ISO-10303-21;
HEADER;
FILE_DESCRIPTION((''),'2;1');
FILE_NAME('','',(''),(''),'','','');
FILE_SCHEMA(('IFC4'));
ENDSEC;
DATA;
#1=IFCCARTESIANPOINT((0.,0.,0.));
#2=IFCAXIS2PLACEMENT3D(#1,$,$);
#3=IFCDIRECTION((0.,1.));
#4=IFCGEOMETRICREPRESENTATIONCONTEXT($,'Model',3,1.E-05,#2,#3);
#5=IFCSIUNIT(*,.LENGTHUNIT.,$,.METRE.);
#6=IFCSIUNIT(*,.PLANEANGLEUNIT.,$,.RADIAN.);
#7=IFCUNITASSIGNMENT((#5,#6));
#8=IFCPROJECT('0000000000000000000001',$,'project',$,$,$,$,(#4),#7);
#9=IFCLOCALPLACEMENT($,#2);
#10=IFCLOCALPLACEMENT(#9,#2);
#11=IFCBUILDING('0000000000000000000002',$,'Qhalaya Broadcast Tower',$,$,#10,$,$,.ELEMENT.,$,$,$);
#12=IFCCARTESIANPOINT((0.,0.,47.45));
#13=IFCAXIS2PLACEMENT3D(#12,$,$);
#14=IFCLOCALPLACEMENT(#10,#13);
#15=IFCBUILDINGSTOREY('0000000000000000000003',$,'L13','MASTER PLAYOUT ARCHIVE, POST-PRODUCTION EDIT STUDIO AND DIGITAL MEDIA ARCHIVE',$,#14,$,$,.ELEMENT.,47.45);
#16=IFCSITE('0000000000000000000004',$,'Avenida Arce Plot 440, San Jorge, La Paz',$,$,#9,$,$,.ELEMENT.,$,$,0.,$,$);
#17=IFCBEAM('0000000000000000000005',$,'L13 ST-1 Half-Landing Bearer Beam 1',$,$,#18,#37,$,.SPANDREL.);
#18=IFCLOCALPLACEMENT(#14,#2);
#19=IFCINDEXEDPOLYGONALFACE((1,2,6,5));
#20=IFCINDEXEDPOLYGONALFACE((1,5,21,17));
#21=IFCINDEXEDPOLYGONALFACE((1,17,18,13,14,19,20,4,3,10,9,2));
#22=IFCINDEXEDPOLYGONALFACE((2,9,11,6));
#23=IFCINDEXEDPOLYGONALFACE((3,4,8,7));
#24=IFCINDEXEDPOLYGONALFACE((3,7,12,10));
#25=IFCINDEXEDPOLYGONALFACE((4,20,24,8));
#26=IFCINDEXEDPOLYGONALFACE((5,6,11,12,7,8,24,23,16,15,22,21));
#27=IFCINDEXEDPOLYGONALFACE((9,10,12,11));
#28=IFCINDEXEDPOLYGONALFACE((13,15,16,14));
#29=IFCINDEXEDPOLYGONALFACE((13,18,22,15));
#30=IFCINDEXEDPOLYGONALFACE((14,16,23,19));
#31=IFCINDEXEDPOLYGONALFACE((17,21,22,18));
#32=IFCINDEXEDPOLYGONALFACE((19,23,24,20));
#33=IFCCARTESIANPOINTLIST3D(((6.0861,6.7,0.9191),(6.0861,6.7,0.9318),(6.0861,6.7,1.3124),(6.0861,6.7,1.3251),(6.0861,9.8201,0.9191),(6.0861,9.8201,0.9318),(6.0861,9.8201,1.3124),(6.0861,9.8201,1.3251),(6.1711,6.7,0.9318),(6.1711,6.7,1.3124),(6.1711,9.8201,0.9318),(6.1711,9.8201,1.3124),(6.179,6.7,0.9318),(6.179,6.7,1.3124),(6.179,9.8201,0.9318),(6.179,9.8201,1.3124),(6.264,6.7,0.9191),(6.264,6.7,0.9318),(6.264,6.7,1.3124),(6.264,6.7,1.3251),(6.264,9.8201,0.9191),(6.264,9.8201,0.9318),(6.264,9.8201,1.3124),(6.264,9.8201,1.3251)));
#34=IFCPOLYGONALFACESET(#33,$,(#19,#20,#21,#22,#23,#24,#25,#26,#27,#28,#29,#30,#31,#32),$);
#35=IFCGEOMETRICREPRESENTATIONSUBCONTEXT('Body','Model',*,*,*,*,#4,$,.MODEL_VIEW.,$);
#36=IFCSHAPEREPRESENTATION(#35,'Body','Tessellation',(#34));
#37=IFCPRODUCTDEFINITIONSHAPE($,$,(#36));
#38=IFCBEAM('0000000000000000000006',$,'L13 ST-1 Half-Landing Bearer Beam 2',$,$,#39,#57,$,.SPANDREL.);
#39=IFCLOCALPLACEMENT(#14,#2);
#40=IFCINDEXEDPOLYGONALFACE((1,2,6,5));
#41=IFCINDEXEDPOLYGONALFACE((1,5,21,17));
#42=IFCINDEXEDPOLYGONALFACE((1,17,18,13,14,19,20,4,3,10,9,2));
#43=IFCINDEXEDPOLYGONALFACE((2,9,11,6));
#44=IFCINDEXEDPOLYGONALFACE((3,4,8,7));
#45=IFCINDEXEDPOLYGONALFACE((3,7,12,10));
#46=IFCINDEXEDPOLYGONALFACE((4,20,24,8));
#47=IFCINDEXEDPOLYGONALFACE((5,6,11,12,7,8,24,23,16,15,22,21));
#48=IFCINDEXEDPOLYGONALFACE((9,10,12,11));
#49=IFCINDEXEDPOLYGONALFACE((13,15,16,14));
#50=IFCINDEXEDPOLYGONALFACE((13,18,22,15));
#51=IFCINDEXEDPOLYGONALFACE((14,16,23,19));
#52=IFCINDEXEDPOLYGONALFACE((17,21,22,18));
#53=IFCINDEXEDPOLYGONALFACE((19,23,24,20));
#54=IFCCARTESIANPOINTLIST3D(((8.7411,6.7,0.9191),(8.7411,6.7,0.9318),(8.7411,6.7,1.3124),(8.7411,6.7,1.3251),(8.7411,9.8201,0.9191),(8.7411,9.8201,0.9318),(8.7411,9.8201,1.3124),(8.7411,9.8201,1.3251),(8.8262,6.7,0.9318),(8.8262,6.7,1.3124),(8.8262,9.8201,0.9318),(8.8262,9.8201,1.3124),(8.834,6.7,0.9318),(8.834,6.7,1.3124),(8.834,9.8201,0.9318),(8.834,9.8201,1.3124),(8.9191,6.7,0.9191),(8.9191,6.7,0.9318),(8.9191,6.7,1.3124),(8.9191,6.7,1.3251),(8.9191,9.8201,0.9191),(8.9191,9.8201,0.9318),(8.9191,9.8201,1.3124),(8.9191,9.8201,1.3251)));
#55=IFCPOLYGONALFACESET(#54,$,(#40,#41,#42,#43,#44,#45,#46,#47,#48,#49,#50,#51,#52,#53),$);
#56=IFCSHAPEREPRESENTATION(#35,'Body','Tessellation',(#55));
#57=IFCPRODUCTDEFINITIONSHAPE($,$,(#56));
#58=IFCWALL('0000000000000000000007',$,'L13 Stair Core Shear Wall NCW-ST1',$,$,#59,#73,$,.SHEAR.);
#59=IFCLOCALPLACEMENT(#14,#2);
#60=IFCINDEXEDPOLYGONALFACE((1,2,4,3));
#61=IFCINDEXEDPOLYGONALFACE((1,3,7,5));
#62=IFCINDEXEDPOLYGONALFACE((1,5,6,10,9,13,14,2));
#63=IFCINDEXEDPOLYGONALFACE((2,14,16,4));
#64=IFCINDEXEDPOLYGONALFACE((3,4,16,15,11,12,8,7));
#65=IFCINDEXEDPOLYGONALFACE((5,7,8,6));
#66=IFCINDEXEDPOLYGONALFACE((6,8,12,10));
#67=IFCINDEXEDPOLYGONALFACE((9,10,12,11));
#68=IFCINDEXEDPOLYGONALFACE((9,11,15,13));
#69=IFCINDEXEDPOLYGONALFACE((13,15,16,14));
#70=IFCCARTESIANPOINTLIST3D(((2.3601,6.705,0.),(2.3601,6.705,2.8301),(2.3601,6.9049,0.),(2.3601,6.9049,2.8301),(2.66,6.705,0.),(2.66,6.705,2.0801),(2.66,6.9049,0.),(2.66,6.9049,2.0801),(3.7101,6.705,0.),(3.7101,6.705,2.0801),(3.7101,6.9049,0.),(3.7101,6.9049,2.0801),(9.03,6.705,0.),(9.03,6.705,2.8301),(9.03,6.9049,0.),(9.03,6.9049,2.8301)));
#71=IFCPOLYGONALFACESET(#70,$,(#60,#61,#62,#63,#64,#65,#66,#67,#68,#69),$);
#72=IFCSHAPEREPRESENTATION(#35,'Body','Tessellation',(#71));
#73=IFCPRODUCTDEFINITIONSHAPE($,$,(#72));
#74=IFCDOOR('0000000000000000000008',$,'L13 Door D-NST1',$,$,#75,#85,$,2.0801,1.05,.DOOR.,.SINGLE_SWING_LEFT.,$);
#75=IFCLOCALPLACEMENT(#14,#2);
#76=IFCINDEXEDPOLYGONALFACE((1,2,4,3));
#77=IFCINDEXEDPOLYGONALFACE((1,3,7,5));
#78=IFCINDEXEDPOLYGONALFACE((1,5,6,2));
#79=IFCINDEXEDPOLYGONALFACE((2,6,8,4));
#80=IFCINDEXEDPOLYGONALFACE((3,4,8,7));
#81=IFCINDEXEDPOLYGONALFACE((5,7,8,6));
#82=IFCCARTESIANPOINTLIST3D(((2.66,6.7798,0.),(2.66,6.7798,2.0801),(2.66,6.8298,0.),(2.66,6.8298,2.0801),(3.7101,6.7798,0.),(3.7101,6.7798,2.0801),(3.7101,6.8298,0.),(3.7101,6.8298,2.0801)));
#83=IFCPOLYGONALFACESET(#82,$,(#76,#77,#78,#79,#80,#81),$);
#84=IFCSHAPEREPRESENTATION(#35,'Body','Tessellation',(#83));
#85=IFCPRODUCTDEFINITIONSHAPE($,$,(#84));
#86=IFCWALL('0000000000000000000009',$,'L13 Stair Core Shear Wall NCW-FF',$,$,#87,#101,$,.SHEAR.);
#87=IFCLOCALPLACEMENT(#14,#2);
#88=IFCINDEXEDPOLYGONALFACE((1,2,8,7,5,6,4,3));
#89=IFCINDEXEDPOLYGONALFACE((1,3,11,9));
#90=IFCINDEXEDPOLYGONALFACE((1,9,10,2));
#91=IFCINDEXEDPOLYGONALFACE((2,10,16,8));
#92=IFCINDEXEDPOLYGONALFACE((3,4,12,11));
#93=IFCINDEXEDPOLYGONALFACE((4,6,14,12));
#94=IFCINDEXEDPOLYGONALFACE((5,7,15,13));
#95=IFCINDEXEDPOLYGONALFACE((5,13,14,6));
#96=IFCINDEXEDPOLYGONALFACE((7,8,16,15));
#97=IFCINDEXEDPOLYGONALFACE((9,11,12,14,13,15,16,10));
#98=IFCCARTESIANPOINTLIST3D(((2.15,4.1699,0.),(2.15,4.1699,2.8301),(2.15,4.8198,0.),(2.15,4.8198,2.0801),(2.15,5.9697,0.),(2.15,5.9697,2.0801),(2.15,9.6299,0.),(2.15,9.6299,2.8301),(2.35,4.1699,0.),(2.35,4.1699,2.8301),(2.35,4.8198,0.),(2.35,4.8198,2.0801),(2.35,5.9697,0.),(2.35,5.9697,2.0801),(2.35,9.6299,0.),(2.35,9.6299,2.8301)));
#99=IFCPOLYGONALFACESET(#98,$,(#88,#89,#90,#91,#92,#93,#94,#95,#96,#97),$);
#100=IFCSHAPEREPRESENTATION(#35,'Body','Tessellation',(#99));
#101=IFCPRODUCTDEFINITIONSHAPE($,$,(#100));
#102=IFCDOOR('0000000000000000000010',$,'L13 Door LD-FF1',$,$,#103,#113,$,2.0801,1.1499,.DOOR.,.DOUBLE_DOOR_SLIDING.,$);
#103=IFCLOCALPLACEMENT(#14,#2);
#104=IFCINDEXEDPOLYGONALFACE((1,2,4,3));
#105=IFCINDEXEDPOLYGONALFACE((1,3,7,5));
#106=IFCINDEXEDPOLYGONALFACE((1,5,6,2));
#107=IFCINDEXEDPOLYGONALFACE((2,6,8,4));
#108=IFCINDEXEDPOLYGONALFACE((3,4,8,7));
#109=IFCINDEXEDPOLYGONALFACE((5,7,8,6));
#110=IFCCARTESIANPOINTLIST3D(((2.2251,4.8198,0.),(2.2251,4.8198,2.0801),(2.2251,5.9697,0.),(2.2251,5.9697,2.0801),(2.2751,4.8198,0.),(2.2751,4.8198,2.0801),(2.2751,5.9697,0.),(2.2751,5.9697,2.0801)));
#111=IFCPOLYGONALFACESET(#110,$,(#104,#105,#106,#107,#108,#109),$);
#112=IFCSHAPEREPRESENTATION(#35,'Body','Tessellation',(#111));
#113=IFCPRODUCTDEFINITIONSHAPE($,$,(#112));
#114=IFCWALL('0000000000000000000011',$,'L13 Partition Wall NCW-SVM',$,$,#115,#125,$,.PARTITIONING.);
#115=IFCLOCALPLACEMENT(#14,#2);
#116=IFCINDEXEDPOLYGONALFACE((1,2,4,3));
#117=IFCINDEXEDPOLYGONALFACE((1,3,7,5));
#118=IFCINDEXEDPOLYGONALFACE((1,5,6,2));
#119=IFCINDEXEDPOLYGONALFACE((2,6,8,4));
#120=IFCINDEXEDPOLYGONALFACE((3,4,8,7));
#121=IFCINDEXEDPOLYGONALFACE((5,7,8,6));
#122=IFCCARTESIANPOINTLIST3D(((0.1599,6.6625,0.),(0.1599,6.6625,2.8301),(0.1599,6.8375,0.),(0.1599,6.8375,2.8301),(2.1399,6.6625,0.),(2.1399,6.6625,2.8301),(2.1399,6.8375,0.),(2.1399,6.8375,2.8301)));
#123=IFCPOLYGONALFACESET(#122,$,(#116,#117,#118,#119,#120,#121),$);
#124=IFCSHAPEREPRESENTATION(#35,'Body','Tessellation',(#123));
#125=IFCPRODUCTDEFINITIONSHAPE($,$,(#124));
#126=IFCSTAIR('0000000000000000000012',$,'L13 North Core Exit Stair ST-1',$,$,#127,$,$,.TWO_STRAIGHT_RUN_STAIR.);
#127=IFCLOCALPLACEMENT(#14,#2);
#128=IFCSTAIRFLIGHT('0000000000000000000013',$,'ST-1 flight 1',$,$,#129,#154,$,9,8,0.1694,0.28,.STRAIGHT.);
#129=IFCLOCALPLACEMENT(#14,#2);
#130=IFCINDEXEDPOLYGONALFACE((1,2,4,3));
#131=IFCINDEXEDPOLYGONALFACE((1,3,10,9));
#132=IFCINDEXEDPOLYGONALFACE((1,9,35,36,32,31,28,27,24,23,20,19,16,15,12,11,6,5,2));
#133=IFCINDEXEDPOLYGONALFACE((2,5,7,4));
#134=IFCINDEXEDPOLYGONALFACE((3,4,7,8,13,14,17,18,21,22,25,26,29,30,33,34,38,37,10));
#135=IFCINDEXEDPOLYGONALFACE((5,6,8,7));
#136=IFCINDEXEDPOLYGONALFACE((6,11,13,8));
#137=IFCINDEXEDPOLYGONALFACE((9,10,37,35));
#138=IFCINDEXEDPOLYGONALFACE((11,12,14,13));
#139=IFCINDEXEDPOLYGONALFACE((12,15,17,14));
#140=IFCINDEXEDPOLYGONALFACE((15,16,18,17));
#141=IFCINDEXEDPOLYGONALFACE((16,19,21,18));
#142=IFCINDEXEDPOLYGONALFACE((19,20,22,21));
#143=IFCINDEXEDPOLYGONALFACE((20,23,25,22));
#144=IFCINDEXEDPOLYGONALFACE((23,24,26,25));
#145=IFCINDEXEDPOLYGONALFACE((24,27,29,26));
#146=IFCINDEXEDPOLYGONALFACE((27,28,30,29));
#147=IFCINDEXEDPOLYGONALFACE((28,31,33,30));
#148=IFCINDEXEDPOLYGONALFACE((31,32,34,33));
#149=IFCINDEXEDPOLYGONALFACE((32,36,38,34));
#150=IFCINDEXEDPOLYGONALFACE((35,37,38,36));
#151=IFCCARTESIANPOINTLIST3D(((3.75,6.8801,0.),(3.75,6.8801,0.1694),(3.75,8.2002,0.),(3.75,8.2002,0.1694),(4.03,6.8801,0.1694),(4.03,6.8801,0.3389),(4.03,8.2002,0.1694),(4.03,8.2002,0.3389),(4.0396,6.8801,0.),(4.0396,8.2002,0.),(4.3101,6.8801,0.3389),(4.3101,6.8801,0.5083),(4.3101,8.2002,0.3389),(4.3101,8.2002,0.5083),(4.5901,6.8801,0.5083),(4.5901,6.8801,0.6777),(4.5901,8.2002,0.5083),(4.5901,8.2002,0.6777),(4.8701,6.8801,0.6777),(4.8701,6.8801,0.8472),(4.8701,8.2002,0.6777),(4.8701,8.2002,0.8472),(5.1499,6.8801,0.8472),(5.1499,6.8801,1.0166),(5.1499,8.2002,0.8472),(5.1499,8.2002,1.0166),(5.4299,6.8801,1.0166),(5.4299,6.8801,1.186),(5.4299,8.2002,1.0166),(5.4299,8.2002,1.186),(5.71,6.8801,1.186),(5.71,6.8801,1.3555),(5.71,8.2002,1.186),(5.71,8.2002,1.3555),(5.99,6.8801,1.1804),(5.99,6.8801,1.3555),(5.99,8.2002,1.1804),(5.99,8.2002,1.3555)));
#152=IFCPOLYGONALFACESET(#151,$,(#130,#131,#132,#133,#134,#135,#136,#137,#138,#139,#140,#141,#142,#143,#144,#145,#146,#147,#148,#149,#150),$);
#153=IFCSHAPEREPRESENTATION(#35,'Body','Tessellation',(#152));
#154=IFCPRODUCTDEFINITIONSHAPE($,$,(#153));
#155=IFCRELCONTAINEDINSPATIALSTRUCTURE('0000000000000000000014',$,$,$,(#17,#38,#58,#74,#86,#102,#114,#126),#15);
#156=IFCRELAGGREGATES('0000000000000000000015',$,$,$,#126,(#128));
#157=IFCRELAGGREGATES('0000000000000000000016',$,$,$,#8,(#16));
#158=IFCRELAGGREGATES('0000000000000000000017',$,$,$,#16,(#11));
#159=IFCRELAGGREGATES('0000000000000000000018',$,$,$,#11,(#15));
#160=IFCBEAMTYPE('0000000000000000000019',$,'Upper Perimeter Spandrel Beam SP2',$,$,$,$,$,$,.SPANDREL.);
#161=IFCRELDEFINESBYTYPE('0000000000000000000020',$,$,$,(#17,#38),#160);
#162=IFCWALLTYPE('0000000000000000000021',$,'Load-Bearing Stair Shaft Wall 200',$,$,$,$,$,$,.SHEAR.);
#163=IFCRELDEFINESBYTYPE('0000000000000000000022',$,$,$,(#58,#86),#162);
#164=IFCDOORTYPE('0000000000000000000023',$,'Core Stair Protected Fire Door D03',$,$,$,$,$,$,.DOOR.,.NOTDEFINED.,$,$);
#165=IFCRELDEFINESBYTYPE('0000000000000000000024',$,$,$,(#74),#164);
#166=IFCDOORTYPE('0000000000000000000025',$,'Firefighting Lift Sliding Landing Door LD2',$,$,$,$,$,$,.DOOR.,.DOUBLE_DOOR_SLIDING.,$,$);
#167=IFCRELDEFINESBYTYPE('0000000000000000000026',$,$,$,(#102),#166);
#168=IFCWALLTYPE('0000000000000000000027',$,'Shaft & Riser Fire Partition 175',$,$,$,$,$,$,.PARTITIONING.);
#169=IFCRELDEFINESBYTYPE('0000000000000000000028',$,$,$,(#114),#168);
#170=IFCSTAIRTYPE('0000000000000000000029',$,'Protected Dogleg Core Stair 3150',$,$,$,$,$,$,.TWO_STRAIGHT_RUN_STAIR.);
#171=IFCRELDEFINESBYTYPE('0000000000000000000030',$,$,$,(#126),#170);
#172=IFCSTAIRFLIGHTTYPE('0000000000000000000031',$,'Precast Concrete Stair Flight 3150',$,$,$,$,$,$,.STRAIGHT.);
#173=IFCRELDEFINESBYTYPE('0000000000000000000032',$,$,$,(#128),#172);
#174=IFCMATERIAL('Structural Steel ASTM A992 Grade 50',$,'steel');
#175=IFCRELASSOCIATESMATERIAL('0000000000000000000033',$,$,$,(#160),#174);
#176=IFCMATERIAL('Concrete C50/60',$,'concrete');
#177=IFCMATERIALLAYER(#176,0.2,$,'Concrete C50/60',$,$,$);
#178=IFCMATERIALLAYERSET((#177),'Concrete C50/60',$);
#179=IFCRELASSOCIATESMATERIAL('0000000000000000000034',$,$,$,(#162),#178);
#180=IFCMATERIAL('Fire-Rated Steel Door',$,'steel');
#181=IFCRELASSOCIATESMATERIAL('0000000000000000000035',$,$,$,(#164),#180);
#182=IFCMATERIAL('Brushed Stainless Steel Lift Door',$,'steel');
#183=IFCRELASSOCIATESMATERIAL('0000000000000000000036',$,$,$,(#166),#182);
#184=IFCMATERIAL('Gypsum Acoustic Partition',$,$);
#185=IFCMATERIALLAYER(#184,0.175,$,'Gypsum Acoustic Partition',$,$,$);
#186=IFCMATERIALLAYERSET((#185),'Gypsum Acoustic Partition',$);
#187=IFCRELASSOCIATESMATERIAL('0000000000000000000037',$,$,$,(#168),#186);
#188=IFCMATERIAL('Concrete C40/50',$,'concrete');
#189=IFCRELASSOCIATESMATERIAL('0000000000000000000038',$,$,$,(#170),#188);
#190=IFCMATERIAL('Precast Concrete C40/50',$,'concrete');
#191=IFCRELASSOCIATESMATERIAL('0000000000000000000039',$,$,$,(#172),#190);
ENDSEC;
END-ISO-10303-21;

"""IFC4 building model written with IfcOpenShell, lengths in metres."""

from ifc_helpers import new_model, si_unit, direction, frame, frame_2d, origin, origin_2d, place, context, subcontext, project, spatial, polyline, rectangle, i_section, outline, extrude, material, layer, layer_set, material_profile, profile_set, type_object, element, fill, aggregate, save


model = new_model("IFC4")

# Units and contexts
model_context = context("Model", 3, precision=1e-05, world=origin(), true_north=direction((0.0, 1.0)))
body_context = subcontext(model_context, "Body", "Model", "MODEL_VIEW")
ifc_project = project(units=[si_unit("LENGTHUNIT", "METRE"), si_unit("PLANEANGLEUNIT", "RADIAN")], contexts=[model_context])

# Site, building, storey
site_placement = place(None, origin())
site = spatial("IfcSite", under=ifc_project, at=site_placement, Name="Avenida Arce Plot 440, San Jorge, La Paz", CompositionType="ELEMENT", RefElevation=0.0)
building_placement = place(site_placement, origin())
building = spatial("IfcBuilding", under=site, at=building_placement, Name="Qhalaya Broadcast Tower", CompositionType="ELEMENT")
storey_placement = place(building_placement, frame((0.0, 0.0, 47.45)))
storey = spatial("IfcBuildingStorey", under=building, at=storey_placement, Name="L13", Description="MASTER PLAYOUT ARCHIVE, POST-PRODUCTION EDIT STUDIO AND DIGITAL MEDIA ARCHIVE", CompositionType="ELEMENT", Elevation=47.45)

# Beams
ifc_material_1 = material(Name="Structural Steel ASTM A992 Grade 50", Category="steel")
ifc_material_profile = material_profile(ifc_material_1, i_section(OverallWidth=0.178, OverallDepth=0.406, WebThickness=0.0078, FlangeThickness=0.0127, at=origin_2d()), Name="W16X40")
ifc_profile_set = profile_set([ifc_material_profile], Name="Structural Steel ASTM A992 Grade 50")
beam_type = type_object("IfcBeamType", Name="Upper Perimeter Spandrel Beam SP2", PredefinedType="SPANDREL", material=ifc_profile_set)
for number, where, z_axis, x_axis, name in (
    (1, (6.175, 6.7, 1.1221), (0.0, 1.0, 0.0), (-1.0, 0.0, 0.0), "L13 ST-1 Half-Landing Bearer Beam 1"),
    (2, (8.8301, 6.7, 1.1221), (0.0, 1.0, 0.0), (-1.0, 0.0, 0.0), "L13 ST-1 Half-Landing Bearer Beam 2"),
):
    element("IfcBeam", number, at=place(storey_placement, frame(where, z_axis=z_axis, x_axis=x_axis)), inside=storey, type_object=beam_type, Name=name, PredefinedType="SPANDREL", context=body_context, shape_type="SweptSolid", body=[
        extrude(i_section(OverallWidth=0.178, OverallDepth=0.406, WebThickness=0.0078, FlangeThickness=0.0127, at=origin_2d()), origin(), (0.0, 0.0, 1.0), 3.1201),
    ])

# Walls, openings, doors
ifc_material_2 = material(Name="Concrete C50/60", Category="concrete")
ifc_layer_1 = layer(ifc_material_2, 0.2, Name="Concrete C50/60")
ifc_layer_set_1 = layer_set([ifc_layer_1], Name="Concrete C50/60")
wall_type_1 = type_object("IfcWallType", Name="Load-Bearing Stair Shaft Wall 200", PredefinedType="SHEAR", material=ifc_layer_set_1)
wall_1_placement = place(storey_placement, frame((2.3601, 6.8049, 0.0), z_axis=(0.0, 0.0, 1.0), x_axis=(1.0, 0.0, 0.0)))
wall_1 = element("IfcWall", 3, at=wall_1_placement, inside=storey, type_object=wall_type_1, Name="L13 Stair Core Shear Wall NCW-ST1", PredefinedType="SHEAR", context=body_context, shape_type="SweptSolid", body=[
    extrude(rectangle(XDim=6.6699, YDim=0.2, at=frame_2d((3.335, 0.0))), origin(), (0.0, 0.0, 1.0), 2.8301),
])
opening_1_placement = place(wall_1_placement, frame((0.3, 0.0, 0.0)))
opening_1 = element("IfcOpeningElement", 4, at=opening_1_placement, cuts=wall_1, PredefinedType="OPENING", context=body_context, shape_type="SweptSolid", body=[
    extrude(rectangle(XDim=1.05, YDim=2.0801, at=frame_2d((0.5249, 1.04))), frame((0.0, 0.1121, 0.0), z_axis=(0.0, -1.0, 0.0), x_axis=(1.0, 0.0, 0.0)), (0.0, 0.0, 1.0), 0.2239),
])
ifc_material_3 = material(Name="Fire-Rated Steel Door", Category="steel")
door_type_1 = type_object("IfcDoorType", Name="Core Stair Protected Fire Door D03", OperationType="NOTDEFINED", PredefinedType="DOOR", material=ifc_material_3)
door_1_placement = place(opening_1_placement, origin())
door_1 = element("IfcDoor", 5, at=door_1_placement, inside=storey, type_object=door_type_1, Name="L13 Door D-NST1", OperationType="SINGLE_SWING_LEFT", OverallHeight=2.0801, OverallWidth=1.05, PredefinedType="DOOR", context=body_context, shape_type="SweptSolid", body=[
    extrude(rectangle(XDim=1.05, YDim=2.0801, at=frame_2d((0.5249, 1.04))), frame((0.0, 0.0249, 0.0), z_axis=(0.0, -1.0, 0.0), x_axis=(1.0, 0.0, 0.0)), (0.0, 0.0, 1.0), 0.05),
])
fill(opening_1, door_1)
wall_2_placement = place(storey_placement, frame((2.25, 4.1699, 0.0), z_axis=(0.0, 0.0, 1.0), x_axis=(0.0, 1.0, 0.0)))
wall_2 = element("IfcWall", 6, at=wall_2_placement, inside=storey, type_object=wall_type_1, Name="L13 Stair Core Shear Wall NCW-FF", PredefinedType="SHEAR", context=body_context, shape_type="SweptSolid", body=[
    extrude(rectangle(XDim=5.46, YDim=0.2, at=frame_2d((2.73, 0.0))), origin(), (0.0, 0.0, 1.0), 2.8301),
])
opening_2_placement = place(wall_2_placement, frame((0.6499, 0.0, 0.0)))
opening_2 = element("IfcOpeningElement", 7, at=opening_2_placement, cuts=wall_2, PredefinedType="OPENING", context=body_context, shape_type="SweptSolid", body=[
    extrude(rectangle(XDim=1.1499, YDim=2.0801, at=frame_2d((0.575, 1.04))), frame((0.0, 0.1121, 0.0), z_axis=(0.0, -1.0, 0.0), x_axis=(1.0, 0.0, 0.0)), (0.0, 0.0, 1.0), 0.2239),
])
ifc_material_4 = material(Name="Brushed Stainless Steel Lift Door", Category="steel")
door_type_2 = type_object("IfcDoorType", Name="Firefighting Lift Sliding Landing Door LD2", OperationType="DOUBLE_DOOR_SLIDING", PredefinedType="DOOR", material=ifc_material_4)
door_2_placement = place(opening_2_placement, origin())
door_2 = element("IfcDoor", 8, at=door_2_placement, inside=storey, type_object=door_type_2, Name="L13 Door LD-FF1", OperationType="DOUBLE_DOOR_SLIDING", OverallHeight=2.0801, OverallWidth=1.1499, PredefinedType="DOOR", context=body_context, shape_type="SweptSolid", body=[
    extrude(rectangle(XDim=1.1499, YDim=2.0801, at=frame_2d((0.575, 1.04))), frame((0.0, 0.0249, 0.0), z_axis=(0.0, -1.0, 0.0), x_axis=(1.0, 0.0, 0.0)), (0.0, 0.0, 1.0), 0.05),
])
fill(opening_2, door_2)
ifc_material_5 = material(Name="Gypsum Acoustic Partition")
ifc_layer_2 = layer(ifc_material_5, 0.175, Name="Gypsum Acoustic Partition")
ifc_layer_set_2 = layer_set([ifc_layer_2], Name="Gypsum Acoustic Partition")
wall_type_2 = type_object("IfcWallType", Name="Shaft & Riser Fire Partition 175", PredefinedType="PARTITIONING", material=ifc_layer_set_2)

# Wall
wall_3_placement = place(storey_placement, frame((0.1599, 6.75, 0.0), z_axis=(0.0, 0.0, 1.0), x_axis=(1.0, 0.0, 0.0)))
element("IfcWall", 9, at=wall_3_placement, inside=storey, type_object=wall_type_2, Name="L13 Partition Wall NCW-SVM", PredefinedType="PARTITIONING", context=body_context, shape_type="SweptSolid", body=[
    extrude(rectangle(XDim=1.98, YDim=0.175, at=frame_2d((0.99, 0.0))), origin(), (0.0, 0.0, 1.0), 2.8301),
])

# Stair, stair flight
ifc_material_6 = material(Name="Concrete C40/50", Category="concrete")
stair_type = type_object("IfcStairType", Name="Protected Dogleg Core Stair 3150", PredefinedType="TWO_STRAIGHT_RUN_STAIR", material=ifc_material_6)
stair_placement = place(storey_placement, origin())
stair = element("IfcStair", 10, at=stair_placement, inside=storey, type_object=stair_type, Name="L13 North Core Exit Stair ST-1", PredefinedType="TWO_STRAIGHT_RUN_STAIR")
ifc_material_7 = material(Name="Precast Concrete C40/50", Category="concrete")
stair_flight_type = type_object("IfcStairFlightType", Name="Precast Concrete Stair Flight 3150", PredefinedType="STRAIGHT", material=ifc_material_7)
stair_flight_1_placement = place(storey_placement, frame((3.75, 7.54, 0.0), z_axis=(0.0, 0.0, 1.0), x_axis=(1.0, 0.0, 0.0)))
stair_flight_1 = element("IfcStairFlight", 11, at=stair_flight_1_placement, type_object=stair_flight_type, Name="ST-1 flight 1", NumberOfRisers=9, NumberOfTreads=8, PredefinedType="STRAIGHT", RiserHeight=0.1694, TreadLength=0.28, context=body_context, shape_type="SweptSolid", body=[
    extrude(outline(polyline([(0.0, 0.0), (0.0, 0.1694), (0.28, 0.1694), (0.28, 0.3389), (0.5601, 0.3389), (0.5601, 0.5083), (0.8401, 0.5083), (0.8401, 0.6777), (1.1201, 0.6777), (1.1201, 0.8472), (1.3999, 0.8472), (1.3999, 1.0166), (1.6799, 1.0166), (1.6799, 1.186), (1.96, 1.186), (1.96, 1.3555), (2.24, 1.3555), (2.24, 1.5249), (2.24, 1.1804), (0.2896, 0.0), (0.0, 0.0)])), frame((0.0, 0.6602, 0.0), z_axis=(0.0, -1.0, 0.0), x_axis=(1.0, 0.0, 0.0)), (0.0, 0.0, 1.0), 1.3201),
])
aggregate(stair, [stair_flight_1])

save(model, "model.ifc")
